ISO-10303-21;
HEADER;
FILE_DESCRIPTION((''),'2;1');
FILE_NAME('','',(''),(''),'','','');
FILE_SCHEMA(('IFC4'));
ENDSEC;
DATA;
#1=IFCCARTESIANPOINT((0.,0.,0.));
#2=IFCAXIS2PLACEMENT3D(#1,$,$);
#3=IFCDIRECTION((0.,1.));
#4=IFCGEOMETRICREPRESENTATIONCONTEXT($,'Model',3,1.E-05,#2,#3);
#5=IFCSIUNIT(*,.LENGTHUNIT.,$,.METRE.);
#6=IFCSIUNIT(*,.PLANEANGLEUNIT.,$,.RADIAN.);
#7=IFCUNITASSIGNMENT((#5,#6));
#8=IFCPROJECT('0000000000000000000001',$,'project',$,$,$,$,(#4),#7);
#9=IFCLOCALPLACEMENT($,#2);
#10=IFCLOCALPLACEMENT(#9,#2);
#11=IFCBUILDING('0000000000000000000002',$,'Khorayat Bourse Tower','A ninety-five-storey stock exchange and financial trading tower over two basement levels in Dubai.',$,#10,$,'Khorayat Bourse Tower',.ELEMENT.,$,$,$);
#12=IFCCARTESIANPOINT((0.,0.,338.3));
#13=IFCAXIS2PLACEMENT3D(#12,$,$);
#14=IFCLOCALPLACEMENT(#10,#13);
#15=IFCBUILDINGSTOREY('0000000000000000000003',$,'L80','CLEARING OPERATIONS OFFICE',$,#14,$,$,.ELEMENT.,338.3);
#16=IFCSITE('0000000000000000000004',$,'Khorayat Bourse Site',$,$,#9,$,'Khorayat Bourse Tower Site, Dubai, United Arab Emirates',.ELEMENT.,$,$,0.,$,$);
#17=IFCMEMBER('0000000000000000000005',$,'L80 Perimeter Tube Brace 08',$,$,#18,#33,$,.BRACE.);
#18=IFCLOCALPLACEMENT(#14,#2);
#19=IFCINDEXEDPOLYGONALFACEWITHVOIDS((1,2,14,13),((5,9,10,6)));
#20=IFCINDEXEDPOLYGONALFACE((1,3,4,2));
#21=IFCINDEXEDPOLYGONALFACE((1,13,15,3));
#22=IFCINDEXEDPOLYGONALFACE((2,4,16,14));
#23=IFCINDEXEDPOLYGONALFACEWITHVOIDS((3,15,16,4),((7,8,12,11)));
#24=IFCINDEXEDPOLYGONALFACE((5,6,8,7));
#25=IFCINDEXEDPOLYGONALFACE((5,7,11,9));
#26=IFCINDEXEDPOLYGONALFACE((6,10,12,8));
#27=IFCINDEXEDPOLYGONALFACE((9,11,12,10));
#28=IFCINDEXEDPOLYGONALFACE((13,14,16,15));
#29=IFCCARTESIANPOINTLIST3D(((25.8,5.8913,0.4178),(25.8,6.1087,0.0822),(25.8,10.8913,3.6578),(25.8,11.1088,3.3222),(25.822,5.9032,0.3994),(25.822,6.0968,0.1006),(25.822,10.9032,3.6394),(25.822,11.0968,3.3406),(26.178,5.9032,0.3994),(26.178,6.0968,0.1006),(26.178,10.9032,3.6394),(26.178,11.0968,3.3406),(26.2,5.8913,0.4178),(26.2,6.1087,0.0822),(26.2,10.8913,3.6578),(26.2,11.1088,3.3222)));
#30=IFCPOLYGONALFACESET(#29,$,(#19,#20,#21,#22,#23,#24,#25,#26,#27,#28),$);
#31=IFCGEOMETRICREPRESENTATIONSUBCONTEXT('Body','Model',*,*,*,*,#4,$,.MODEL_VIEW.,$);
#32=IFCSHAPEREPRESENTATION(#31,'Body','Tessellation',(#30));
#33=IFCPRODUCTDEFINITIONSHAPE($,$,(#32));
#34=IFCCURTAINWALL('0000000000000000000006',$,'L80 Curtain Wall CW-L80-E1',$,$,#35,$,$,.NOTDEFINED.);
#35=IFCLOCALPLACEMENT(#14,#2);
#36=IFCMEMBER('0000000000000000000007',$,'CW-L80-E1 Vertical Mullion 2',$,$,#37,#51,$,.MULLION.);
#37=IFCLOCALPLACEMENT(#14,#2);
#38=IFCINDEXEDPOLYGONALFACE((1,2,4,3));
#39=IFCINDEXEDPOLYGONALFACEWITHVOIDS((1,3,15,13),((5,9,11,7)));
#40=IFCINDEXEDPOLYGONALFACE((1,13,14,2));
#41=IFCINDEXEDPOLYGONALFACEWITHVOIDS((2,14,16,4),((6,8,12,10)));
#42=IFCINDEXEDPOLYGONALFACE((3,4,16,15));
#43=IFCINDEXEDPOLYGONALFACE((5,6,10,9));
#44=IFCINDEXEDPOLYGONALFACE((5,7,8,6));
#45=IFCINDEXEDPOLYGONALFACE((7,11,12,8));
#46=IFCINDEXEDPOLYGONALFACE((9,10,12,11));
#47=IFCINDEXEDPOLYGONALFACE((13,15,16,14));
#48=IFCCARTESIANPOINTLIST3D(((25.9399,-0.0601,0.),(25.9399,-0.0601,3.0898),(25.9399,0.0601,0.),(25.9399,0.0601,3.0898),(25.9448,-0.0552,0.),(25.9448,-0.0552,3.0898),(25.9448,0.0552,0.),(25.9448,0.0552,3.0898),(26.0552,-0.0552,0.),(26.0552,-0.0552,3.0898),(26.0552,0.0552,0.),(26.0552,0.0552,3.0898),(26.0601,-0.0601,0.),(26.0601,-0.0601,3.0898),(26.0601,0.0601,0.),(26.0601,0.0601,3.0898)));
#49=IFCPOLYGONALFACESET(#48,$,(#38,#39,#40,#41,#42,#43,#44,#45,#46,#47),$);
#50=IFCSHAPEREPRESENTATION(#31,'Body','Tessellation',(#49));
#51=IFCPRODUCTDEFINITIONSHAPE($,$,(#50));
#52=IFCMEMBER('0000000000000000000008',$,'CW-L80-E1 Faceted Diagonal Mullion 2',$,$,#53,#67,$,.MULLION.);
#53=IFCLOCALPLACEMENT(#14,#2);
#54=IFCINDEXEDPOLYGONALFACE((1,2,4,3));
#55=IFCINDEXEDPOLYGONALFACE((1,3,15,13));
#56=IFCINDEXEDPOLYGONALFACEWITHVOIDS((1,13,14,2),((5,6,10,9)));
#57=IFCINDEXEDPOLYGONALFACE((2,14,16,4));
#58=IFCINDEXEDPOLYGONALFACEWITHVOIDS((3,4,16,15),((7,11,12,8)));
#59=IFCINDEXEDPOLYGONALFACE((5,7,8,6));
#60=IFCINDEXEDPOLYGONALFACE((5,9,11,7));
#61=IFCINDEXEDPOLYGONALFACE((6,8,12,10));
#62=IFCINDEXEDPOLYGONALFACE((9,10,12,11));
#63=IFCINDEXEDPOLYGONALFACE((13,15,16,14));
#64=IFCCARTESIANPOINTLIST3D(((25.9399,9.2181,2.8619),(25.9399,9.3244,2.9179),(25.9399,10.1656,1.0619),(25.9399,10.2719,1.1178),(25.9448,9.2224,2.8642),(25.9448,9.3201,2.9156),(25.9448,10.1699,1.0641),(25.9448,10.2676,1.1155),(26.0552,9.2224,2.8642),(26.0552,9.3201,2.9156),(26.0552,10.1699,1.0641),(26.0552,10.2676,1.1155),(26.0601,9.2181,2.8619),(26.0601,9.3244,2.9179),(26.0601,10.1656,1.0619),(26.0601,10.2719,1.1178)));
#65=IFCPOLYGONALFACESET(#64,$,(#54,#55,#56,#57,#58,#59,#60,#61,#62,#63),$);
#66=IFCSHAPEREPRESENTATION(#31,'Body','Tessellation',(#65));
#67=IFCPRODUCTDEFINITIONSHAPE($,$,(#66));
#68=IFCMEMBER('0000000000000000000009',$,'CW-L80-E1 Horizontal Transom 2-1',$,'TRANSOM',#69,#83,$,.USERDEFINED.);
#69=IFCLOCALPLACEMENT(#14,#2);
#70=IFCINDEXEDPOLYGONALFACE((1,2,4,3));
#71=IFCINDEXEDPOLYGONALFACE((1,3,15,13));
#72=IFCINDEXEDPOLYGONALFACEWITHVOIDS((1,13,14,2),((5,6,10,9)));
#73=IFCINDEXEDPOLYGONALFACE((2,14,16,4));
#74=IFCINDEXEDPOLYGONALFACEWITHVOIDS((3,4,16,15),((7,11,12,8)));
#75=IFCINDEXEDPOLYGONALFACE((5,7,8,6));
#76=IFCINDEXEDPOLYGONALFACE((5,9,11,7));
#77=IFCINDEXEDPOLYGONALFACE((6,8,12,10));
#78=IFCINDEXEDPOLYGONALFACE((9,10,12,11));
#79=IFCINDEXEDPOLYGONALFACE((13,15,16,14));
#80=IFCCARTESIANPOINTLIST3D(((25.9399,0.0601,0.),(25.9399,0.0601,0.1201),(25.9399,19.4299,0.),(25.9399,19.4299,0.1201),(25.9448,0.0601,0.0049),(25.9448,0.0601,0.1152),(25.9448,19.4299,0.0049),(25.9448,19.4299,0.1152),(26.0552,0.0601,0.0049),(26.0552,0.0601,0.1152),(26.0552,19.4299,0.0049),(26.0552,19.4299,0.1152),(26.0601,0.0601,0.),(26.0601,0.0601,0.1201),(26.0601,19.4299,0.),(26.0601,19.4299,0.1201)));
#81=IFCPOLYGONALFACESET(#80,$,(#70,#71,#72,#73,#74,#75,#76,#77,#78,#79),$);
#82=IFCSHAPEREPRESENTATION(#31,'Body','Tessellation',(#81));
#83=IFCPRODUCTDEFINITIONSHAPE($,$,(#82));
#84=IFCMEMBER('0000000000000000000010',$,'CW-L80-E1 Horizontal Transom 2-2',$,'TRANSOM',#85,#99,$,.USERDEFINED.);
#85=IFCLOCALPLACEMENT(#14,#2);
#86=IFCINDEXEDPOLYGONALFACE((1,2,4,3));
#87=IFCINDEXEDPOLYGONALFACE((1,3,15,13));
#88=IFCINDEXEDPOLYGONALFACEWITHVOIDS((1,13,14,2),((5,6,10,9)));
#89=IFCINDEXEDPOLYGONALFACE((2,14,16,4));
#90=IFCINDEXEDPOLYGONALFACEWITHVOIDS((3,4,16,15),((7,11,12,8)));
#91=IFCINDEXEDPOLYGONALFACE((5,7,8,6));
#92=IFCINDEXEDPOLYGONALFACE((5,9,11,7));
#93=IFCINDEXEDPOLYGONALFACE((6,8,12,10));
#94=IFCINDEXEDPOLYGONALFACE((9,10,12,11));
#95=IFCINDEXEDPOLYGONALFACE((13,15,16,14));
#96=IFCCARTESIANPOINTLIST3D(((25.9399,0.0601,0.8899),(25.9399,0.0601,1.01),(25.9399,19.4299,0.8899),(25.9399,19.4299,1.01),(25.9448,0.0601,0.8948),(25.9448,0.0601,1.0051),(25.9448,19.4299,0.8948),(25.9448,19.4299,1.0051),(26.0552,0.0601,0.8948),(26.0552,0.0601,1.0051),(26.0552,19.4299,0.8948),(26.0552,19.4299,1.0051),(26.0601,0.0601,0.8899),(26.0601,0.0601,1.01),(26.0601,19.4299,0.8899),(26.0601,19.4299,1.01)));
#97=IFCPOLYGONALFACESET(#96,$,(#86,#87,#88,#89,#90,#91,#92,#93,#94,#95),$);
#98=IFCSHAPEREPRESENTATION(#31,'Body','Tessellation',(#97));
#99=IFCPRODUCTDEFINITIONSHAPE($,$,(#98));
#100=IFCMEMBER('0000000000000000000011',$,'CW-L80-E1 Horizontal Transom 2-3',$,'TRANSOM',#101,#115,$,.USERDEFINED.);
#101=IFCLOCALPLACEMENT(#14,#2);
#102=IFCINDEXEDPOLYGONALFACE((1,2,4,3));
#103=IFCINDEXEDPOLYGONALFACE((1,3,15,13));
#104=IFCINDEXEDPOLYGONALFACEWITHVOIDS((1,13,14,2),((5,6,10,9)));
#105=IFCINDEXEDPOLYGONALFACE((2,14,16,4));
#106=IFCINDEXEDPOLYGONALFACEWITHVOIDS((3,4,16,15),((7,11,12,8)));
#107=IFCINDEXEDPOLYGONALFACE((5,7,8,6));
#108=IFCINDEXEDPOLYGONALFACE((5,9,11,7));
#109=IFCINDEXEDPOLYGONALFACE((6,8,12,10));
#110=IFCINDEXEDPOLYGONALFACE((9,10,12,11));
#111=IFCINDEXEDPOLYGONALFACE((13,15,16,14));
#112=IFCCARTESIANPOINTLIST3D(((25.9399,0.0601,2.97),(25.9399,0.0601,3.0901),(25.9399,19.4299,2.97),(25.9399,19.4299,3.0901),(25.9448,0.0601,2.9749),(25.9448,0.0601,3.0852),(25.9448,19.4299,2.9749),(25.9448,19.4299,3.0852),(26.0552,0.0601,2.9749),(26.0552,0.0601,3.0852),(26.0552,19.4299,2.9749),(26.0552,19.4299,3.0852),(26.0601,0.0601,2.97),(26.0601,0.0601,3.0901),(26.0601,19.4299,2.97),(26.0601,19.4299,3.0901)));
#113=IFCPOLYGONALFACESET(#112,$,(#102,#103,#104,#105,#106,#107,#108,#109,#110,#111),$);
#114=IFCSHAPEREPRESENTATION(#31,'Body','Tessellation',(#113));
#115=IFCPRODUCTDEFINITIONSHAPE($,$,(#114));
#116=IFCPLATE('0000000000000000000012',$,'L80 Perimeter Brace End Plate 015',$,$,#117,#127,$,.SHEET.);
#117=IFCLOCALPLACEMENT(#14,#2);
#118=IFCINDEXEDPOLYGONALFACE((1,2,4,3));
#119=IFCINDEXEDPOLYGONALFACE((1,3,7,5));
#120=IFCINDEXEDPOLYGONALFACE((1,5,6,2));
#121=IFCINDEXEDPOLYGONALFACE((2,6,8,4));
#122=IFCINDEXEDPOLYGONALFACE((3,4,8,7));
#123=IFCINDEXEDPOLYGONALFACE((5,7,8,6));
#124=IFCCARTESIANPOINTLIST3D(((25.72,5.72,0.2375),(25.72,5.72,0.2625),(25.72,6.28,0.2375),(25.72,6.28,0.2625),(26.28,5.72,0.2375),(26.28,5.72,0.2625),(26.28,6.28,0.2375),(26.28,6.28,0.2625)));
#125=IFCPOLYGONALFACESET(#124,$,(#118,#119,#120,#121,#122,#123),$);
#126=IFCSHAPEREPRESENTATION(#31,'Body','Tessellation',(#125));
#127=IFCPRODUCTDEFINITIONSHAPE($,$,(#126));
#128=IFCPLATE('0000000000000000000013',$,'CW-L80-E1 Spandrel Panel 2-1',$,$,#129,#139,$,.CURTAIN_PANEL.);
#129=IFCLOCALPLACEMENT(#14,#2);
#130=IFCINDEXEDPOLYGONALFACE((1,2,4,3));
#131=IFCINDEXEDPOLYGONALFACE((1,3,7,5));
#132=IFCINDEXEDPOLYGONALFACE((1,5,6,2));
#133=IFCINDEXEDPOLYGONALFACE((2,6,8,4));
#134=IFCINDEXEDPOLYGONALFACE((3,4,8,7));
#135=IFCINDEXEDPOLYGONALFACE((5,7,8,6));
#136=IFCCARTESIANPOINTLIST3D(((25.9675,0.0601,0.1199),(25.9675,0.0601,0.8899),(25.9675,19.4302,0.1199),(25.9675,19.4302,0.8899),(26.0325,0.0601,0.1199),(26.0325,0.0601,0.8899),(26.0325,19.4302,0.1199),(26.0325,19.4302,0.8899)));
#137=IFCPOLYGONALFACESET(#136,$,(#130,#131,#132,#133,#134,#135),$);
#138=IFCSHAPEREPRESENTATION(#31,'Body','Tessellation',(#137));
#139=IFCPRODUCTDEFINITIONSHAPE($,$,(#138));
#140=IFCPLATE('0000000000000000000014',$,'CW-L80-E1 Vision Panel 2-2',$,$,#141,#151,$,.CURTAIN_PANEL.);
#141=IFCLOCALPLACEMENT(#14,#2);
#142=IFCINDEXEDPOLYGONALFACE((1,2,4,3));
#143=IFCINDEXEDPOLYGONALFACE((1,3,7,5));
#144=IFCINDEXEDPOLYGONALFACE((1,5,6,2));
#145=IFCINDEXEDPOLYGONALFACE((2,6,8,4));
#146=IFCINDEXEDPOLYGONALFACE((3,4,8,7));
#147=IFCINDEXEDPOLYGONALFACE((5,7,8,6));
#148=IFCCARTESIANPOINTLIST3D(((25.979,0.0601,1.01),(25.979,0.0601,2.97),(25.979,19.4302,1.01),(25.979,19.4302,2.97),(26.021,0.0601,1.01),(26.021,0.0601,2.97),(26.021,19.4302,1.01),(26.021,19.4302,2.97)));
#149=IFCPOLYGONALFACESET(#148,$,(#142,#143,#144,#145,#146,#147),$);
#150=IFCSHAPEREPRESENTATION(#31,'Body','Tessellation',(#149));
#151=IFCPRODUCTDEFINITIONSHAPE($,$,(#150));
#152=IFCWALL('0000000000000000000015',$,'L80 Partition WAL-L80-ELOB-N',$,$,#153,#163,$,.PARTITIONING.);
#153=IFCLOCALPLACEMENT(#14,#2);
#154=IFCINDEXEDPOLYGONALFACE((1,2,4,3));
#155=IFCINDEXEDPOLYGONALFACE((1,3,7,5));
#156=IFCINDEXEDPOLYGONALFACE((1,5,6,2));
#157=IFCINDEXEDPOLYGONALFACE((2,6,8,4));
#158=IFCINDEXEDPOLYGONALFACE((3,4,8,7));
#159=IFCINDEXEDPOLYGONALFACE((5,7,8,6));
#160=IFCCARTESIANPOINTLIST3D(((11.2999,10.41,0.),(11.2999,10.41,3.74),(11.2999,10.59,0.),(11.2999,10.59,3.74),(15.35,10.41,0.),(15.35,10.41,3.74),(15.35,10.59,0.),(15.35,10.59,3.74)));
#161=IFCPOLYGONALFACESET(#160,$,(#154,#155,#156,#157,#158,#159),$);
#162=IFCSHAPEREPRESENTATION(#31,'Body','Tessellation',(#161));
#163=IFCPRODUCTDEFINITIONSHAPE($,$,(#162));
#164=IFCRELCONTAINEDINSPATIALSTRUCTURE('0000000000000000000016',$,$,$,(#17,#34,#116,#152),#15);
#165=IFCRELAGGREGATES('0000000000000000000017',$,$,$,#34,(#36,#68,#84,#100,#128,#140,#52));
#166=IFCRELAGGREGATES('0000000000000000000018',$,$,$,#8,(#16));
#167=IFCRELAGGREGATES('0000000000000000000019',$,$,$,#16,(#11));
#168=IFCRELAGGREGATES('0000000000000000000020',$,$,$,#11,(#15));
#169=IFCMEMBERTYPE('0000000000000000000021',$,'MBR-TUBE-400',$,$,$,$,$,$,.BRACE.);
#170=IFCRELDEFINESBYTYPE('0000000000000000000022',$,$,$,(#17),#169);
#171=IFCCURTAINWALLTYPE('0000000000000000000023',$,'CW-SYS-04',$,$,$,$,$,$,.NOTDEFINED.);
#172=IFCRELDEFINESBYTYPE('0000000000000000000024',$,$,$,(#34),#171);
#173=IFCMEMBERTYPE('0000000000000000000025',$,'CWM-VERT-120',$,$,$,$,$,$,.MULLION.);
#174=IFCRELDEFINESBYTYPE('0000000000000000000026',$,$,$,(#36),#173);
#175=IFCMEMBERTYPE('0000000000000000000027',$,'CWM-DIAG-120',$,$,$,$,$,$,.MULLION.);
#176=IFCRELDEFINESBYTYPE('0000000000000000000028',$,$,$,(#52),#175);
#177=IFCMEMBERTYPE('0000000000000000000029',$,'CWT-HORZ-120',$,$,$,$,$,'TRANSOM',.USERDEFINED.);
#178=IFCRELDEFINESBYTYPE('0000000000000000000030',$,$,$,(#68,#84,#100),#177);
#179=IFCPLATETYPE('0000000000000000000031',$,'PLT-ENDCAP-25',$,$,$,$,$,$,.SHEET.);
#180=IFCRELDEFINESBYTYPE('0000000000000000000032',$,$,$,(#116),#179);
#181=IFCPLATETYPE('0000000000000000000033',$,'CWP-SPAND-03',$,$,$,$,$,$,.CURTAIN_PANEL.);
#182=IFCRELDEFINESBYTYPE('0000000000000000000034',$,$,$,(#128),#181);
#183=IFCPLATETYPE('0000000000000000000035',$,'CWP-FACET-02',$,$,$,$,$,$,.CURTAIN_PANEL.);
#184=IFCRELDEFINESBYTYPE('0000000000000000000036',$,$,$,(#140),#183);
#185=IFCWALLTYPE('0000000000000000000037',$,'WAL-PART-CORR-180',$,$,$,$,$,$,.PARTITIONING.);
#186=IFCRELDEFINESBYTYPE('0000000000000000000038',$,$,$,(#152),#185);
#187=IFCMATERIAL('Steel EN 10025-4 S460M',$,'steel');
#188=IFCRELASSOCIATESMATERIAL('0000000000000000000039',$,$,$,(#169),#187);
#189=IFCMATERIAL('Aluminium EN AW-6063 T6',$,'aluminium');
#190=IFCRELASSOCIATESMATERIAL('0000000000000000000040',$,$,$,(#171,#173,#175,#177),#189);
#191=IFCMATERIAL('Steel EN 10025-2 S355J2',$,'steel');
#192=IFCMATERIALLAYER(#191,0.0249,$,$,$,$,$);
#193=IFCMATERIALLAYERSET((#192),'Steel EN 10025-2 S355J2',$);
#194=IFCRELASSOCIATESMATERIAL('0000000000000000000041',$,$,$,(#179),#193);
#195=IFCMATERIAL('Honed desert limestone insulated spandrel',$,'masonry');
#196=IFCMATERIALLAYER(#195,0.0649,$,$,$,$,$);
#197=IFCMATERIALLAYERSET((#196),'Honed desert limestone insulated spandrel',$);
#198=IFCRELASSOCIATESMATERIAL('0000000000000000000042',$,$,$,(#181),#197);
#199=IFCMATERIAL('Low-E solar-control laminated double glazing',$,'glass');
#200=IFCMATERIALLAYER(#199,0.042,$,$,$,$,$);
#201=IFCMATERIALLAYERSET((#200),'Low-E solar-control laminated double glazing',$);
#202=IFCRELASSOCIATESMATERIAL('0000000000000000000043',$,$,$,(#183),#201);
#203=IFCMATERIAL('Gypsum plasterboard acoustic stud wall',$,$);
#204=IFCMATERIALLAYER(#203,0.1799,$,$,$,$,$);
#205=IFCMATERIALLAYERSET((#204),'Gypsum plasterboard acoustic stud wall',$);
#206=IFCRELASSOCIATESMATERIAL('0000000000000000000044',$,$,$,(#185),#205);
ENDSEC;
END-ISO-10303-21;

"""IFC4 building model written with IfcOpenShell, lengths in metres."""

from ifc_helpers import new_model, si_unit, direction, frame, frame_2d, origin, origin_2d, place, context, subcontext, project, spatial, rectangle, hollow_rectangle, extrude, source, transform, mapped, material, layer, layer_set, material_profile, profile_set, type_object, element, aggregate, save


model = new_model("IFC4")

# Units and contexts
model_context = context("Model", 3, precision=1e-05, world=origin(), true_north=direction((0.0, 1.0)))
body_context = subcontext(model_context, "Body", "Model", "MODEL_VIEW")
ifc_project = project(units=[si_unit("LENGTHUNIT", "METRE"), si_unit("PLANEANGLEUNIT", "RADIAN")], contexts=[model_context])

# Site, building, storey
site_placement = place(None, origin())
site = spatial("IfcSite", under=ifc_project, at=site_placement, Name="Khorayat Bourse Site", LongName="Khorayat Bourse Tower Site, Dubai, United Arab Emirates", CompositionType="ELEMENT", RefElevation=0.0)
building_placement = place(site_placement, origin())
building = spatial("IfcBuilding", under=site, at=building_placement, Name="Khorayat Bourse Tower", Description="A ninety-five-storey stock exchange and financial trading tower over two basement levels in Dubai.", LongName="Khorayat Bourse Tower", CompositionType="ELEMENT")
storey_placement = place(building_placement, frame((0.0, 0.0, 338.3)))
storey = spatial("IfcBuildingStorey", under=building, at=storey_placement, Name="L80", Description="CLEARING OPERATIONS OFFICE", CompositionType="ELEMENT", Elevation=338.3)

# Shared definitions
ifc_material_1 = material(Name="Steel EN 10025-2 S355J2", Category="steel")

# Member
ifc_material_2 = material(Name="Steel EN 10025-4 S460M", Category="steel")
ifc_material_profile_1 = material_profile(ifc_material_2, hollow_rectangle(XDim=0.3999, YDim=0.3999, WallThickness=0.022, at=origin_2d()), Name="HSS 400x400x22")
ifc_profile_set_1 = profile_set([ifc_material_profile_1], Name="Steel EN 10025-4 S460M")
member_type_1 = type_object("IfcMemberType", Name="MBR-TUBE-400", PredefinedType="BRACE", material=ifc_profile_set_1)
shared_shape_1 = source(origin(), body_context, "Body", "SweptSolid", [
    extrude(hollow_rectangle(XDim=0.3999, YDim=0.3999, WallThickness=0.022, at=origin_2d()), origin(), (0.0, 0.0, 1.0), 5.958),
])
member_1_placement = place(storey_placement, frame((26.0, 6.0, 0.25), z_axis=(0.0, 0.83921, 0.543807), x_axis=(-1.0, 0.0, 0.0)))
element("IfcMember", 1, at=member_1_placement, inside=storey, type_object=member_type_1, Name="L80 Perimeter Tube Brace 08", PredefinedType="BRACE", context=body_context, shape_type="MappedRepresentation", body=[
    mapped(shared_shape_1, transform((0.0, 0.0, 0.0), scale=1.0)),
])

# Curtain wall, members
ifc_material_3 = material(Name="Aluminium EN AW-6063 T6", Category="aluminium")
curtain_wall_type = type_object("IfcCurtainWallType", Name="CW-SYS-04", PredefinedType="NOTDEFINED", material=ifc_material_3)
curtain_wall_placement = place(storey_placement, origin())
curtain_wall = element("IfcCurtainWall", 2, at=curtain_wall_placement, inside=storey, type_object=curtain_wall_type, Name="L80 Curtain Wall CW-L80-E1", PredefinedType="NOTDEFINED")
ifc_material_profile_2 = material_profile(ifc_material_3, hollow_rectangle(XDim=0.1201, YDim=0.1201, WallThickness=0.0049, at=origin_2d()), Name="ALU 120x120x5")
ifc_profile_set_2 = profile_set([ifc_material_profile_2], Name="Aluminium EN AW-6063 T6")
member_type_2 = type_object("IfcMemberType", Name="CWM-VERT-120", PredefinedType="MULLION", material=ifc_profile_set_2)
shared_shape_2 = source(origin(), body_context, "Body", "SweptSolid", [
    extrude(hollow_rectangle(XDim=0.1201, YDim=0.1201, WallThickness=0.0049, at=origin_2d()), origin(), (0.0, 0.0, 1.0), 3.0898),
])
member_2_placement = place(storey_placement, frame((26.0, 0.0, 0.0), z_axis=(0.0, 0.0, 1.0), x_axis=(-1.0, 0.0, 0.0)))
member_2 = element("IfcMember", 3, at=member_2_placement, type_object=member_type_2, Name="CW-L80-E1 Vertical Mullion 2", PredefinedType="MULLION", context=body_context, shape_type="MappedRepresentation", body=[
    mapped(shared_shape_2, transform((0.0, 0.0, 0.0), scale=1.0)),
])
ifc_material_profile_3 = material_profile(ifc_material_3, hollow_rectangle(XDim=0.1201, YDim=0.1201, WallThickness=0.0049, at=origin_2d()), Name="ALU 120x120x5")
ifc_profile_set_3 = profile_set([ifc_material_profile_3], Name="Aluminium EN AW-6063 T6")
member_type_3 = type_object("IfcMemberType", Name="CWM-DIAG-120", PredefinedType="MULLION", material=ifc_profile_set_3)
shared_shape_3 = source(origin(), body_context, "Body", "SweptSolid", [
    extrude(hollow_rectangle(XDim=0.1201, YDim=0.1201, WallThickness=0.0049, at=origin_2d()), origin(), (0.0, 0.0, 1.0), 2.0342),
])
member_3_placement = place(storey_placement, frame((26.0, 10.2188, 1.0898), z_axis=(0.0, -0.465791, 0.884895), x_axis=(1.0, 0.0, 0.0)))
member_3 = element("IfcMember", 4, at=member_3_placement, type_object=member_type_3, Name="CW-L80-E1 Faceted Diagonal Mullion 2", PredefinedType="MULLION", context=body_context, shape_type="MappedRepresentation", body=[
    mapped(shared_shape_3, transform((0.0, 0.0, 0.0), scale=1.0)),
])
ifc_material_profile_4 = material_profile(ifc_material_3, hollow_rectangle(XDim=0.1201, YDim=0.1201, WallThickness=0.0049, at=origin_2d()), Name="ALU 120x120x5")
ifc_profile_set_4 = profile_set([ifc_material_profile_4], Name="Aluminium EN AW-6063 T6")
member_type_4 = type_object("IfcMemberType", Name="CWT-HORZ-120", ElementType="TRANSOM", PredefinedType="USERDEFINED", material=ifc_profile_set_4)
shared_shape_4 = source(origin(), body_context, "Body", "SweptSolid", [
    extrude(hollow_rectangle(XDim=0.1201, YDim=0.1201, WallThickness=0.0049, at=origin_2d()), origin(), (0.0, 0.0, 1.0), 19.3699),
])
member_4_placement = place(storey_placement, frame((26.0, 0.0601, 0.0601), z_axis=(0.0, 1.0, 0.0), x_axis=(-1.0, 0.0, 0.0)))
member_4 = element("IfcMember", 5, at=member_4_placement, type_object=member_type_4, Name="CW-L80-E1 Horizontal Transom 2-1", ObjectType="TRANSOM", PredefinedType="USERDEFINED", context=body_context, shape_type="MappedRepresentation", body=[
    mapped(shared_shape_4, transform((0.0, 0.0, 0.0), scale=1.0)),
])
member_5_placement = place(storey_placement, frame((26.0, 0.0601, 0.95), z_axis=(0.0, 1.0, 0.0), x_axis=(-1.0, 0.0, 0.0)))
member_5 = element("IfcMember", 6, at=member_5_placement, type_object=member_type_4, Name="CW-L80-E1 Horizontal Transom 2-2", ObjectType="TRANSOM", PredefinedType="USERDEFINED", context=body_context, shape_type="MappedRepresentation", body=[
    mapped(shared_shape_4, transform((0.0, 0.0, 0.0), scale=1.0)),
])
member_6_placement = place(storey_placement, frame((26.0, 0.0601, 3.03), z_axis=(0.0, 1.0, 0.0), x_axis=(-1.0, 0.0, 0.0)))
member_6 = element("IfcMember", 7, at=member_6_placement, type_object=member_type_4, Name="CW-L80-E1 Horizontal Transom 2-3", ObjectType="TRANSOM", PredefinedType="USERDEFINED", context=body_context, shape_type="MappedRepresentation", body=[
    mapped(shared_shape_4, transform((0.0, 0.0, 0.0), scale=1.0)),
])

# Plates
ifc_layer_1 = layer(ifc_material_1, 0.0249)
ifc_layer_set_1 = layer_set([ifc_layer_1], Name="Steel EN 10025-2 S355J2")
plate_type_1 = type_object("IfcPlateType", Name="PLT-ENDCAP-25", PredefinedType="SHEET", material=ifc_layer_set_1)
shared_shape_5 = source(origin(), body_context, "Body", "SweptSolid", [
    extrude(rectangle(XDim=0.5601, YDim=0.5601, at=origin_2d()), origin(), (0.0, 0.0, 1.0), 0.0249),
])
plate_1_placement = place(storey_placement, frame((26.0, 6.0, 0.2375), z_axis=(0.0, 0.0, 1.0), x_axis=(1.0, 0.0, 0.0)))
element("IfcPlate", 8, at=plate_1_placement, inside=storey, type_object=plate_type_1, Name="L80 Perimeter Brace End Plate 015", PredefinedType="SHEET", context=body_context, shape_type="MappedRepresentation", body=[
    mapped(shared_shape_5, transform((0.0, 0.0, 0.0), scale=1.0)),
])
ifc_material_4 = material(Name="Honed desert limestone insulated spandrel", Category="masonry")
ifc_layer_2 = layer(ifc_material_4, 0.0649)
ifc_layer_set_2 = layer_set([ifc_layer_2], Name="Honed desert limestone insulated spandrel")
plate_type_2 = type_object("IfcPlateType", Name="CWP-SPAND-03", PredefinedType="CURTAIN_PANEL", material=ifc_layer_set_2)
shared_shape_6 = source(origin(), body_context, "Body", "SweptSolid", [
    extrude(rectangle(XDim=19.3701, YDim=0.0649, at=origin_2d()), origin(), (0.0, 0.0, 1.0), 0.77),
])
plate_2_placement = place(storey_placement, frame((26.0, 9.7451, 0.1199), z_axis=(0.0, 0.0, 1.0), x_axis=(0.0, 1.0, 0.0)))
plate_2 = element("IfcPlate", 9, at=plate_2_placement, type_object=plate_type_2, Name="CW-L80-E1 Spandrel Panel 2-1", PredefinedType="CURTAIN_PANEL", context=body_context, shape_type="MappedRepresentation", body=[
    mapped(shared_shape_6, transform((0.0, 0.0, 0.0), scale=1.0)),
])
ifc_material_5 = material(Name="Low-E solar-control laminated double glazing", Category="glass")
ifc_layer_3 = layer(ifc_material_5, 0.042)
ifc_layer_set_3 = layer_set([ifc_layer_3], Name="Low-E solar-control laminated double glazing")
plate_type_3 = type_object("IfcPlateType", Name="CWP-FACET-02", PredefinedType="CURTAIN_PANEL", material=ifc_layer_set_3)
shared_shape_7 = source(origin(), body_context, "Body", "SweptSolid", [
    extrude(rectangle(XDim=19.3701, YDim=0.042, at=origin_2d()), origin(), (0.0, 0.0, 1.0), 1.96),
])
plate_3_placement = place(storey_placement, frame((26.0, 9.7451, 1.01), z_axis=(0.0, 0.0, 1.0), x_axis=(0.0, 1.0, 0.0)))
plate_3 = element("IfcPlate", 10, at=plate_3_placement, type_object=plate_type_3, Name="CW-L80-E1 Vision Panel 2-2", PredefinedType="CURTAIN_PANEL", context=body_context, shape_type="MappedRepresentation", body=[
    mapped(shared_shape_7, transform((0.0, 0.0, 0.0), scale=1.0)),
])
aggregate(curtain_wall, [member_2, member_4, member_5, member_6, plate_2, plate_3, member_3])

# Wall
ifc_material_6 = material(Name="Gypsum plasterboard acoustic stud wall")
ifc_layer_4 = layer(ifc_material_6, 0.1799)
ifc_layer_set_4 = layer_set([ifc_layer_4], Name="Gypsum plasterboard acoustic stud wall")
wall_type = type_object("IfcWallType", Name="WAL-PART-CORR-180", PredefinedType="PARTITIONING", material=ifc_layer_set_4)
shared_shape_8 = source(origin(), body_context, "Body", "SweptSolid", [
    extrude(rectangle(XDim=4.05, YDim=0.1799, at=frame_2d((2.0249, 0.0))), origin(), (0.0, 0.0, 1.0), 3.74),
])
wall_placement = place(storey_placement, frame((11.3, 10.5, 0.0), z_axis=(0.0, 0.0, 1.0), x_axis=(1.0, 0.0, 0.0)))
element("IfcWall", 11, at=wall_placement, inside=storey, type_object=wall_type, Name="L80 Partition WAL-L80-ELOB-N", PredefinedType="PARTITIONING", context=body_context, shape_type="MappedRepresentation", body=[
    mapped(shared_shape_8, transform((0.0, 0.0, 0.0), scale=1.0)),
])

save(model, "model.ifc")
